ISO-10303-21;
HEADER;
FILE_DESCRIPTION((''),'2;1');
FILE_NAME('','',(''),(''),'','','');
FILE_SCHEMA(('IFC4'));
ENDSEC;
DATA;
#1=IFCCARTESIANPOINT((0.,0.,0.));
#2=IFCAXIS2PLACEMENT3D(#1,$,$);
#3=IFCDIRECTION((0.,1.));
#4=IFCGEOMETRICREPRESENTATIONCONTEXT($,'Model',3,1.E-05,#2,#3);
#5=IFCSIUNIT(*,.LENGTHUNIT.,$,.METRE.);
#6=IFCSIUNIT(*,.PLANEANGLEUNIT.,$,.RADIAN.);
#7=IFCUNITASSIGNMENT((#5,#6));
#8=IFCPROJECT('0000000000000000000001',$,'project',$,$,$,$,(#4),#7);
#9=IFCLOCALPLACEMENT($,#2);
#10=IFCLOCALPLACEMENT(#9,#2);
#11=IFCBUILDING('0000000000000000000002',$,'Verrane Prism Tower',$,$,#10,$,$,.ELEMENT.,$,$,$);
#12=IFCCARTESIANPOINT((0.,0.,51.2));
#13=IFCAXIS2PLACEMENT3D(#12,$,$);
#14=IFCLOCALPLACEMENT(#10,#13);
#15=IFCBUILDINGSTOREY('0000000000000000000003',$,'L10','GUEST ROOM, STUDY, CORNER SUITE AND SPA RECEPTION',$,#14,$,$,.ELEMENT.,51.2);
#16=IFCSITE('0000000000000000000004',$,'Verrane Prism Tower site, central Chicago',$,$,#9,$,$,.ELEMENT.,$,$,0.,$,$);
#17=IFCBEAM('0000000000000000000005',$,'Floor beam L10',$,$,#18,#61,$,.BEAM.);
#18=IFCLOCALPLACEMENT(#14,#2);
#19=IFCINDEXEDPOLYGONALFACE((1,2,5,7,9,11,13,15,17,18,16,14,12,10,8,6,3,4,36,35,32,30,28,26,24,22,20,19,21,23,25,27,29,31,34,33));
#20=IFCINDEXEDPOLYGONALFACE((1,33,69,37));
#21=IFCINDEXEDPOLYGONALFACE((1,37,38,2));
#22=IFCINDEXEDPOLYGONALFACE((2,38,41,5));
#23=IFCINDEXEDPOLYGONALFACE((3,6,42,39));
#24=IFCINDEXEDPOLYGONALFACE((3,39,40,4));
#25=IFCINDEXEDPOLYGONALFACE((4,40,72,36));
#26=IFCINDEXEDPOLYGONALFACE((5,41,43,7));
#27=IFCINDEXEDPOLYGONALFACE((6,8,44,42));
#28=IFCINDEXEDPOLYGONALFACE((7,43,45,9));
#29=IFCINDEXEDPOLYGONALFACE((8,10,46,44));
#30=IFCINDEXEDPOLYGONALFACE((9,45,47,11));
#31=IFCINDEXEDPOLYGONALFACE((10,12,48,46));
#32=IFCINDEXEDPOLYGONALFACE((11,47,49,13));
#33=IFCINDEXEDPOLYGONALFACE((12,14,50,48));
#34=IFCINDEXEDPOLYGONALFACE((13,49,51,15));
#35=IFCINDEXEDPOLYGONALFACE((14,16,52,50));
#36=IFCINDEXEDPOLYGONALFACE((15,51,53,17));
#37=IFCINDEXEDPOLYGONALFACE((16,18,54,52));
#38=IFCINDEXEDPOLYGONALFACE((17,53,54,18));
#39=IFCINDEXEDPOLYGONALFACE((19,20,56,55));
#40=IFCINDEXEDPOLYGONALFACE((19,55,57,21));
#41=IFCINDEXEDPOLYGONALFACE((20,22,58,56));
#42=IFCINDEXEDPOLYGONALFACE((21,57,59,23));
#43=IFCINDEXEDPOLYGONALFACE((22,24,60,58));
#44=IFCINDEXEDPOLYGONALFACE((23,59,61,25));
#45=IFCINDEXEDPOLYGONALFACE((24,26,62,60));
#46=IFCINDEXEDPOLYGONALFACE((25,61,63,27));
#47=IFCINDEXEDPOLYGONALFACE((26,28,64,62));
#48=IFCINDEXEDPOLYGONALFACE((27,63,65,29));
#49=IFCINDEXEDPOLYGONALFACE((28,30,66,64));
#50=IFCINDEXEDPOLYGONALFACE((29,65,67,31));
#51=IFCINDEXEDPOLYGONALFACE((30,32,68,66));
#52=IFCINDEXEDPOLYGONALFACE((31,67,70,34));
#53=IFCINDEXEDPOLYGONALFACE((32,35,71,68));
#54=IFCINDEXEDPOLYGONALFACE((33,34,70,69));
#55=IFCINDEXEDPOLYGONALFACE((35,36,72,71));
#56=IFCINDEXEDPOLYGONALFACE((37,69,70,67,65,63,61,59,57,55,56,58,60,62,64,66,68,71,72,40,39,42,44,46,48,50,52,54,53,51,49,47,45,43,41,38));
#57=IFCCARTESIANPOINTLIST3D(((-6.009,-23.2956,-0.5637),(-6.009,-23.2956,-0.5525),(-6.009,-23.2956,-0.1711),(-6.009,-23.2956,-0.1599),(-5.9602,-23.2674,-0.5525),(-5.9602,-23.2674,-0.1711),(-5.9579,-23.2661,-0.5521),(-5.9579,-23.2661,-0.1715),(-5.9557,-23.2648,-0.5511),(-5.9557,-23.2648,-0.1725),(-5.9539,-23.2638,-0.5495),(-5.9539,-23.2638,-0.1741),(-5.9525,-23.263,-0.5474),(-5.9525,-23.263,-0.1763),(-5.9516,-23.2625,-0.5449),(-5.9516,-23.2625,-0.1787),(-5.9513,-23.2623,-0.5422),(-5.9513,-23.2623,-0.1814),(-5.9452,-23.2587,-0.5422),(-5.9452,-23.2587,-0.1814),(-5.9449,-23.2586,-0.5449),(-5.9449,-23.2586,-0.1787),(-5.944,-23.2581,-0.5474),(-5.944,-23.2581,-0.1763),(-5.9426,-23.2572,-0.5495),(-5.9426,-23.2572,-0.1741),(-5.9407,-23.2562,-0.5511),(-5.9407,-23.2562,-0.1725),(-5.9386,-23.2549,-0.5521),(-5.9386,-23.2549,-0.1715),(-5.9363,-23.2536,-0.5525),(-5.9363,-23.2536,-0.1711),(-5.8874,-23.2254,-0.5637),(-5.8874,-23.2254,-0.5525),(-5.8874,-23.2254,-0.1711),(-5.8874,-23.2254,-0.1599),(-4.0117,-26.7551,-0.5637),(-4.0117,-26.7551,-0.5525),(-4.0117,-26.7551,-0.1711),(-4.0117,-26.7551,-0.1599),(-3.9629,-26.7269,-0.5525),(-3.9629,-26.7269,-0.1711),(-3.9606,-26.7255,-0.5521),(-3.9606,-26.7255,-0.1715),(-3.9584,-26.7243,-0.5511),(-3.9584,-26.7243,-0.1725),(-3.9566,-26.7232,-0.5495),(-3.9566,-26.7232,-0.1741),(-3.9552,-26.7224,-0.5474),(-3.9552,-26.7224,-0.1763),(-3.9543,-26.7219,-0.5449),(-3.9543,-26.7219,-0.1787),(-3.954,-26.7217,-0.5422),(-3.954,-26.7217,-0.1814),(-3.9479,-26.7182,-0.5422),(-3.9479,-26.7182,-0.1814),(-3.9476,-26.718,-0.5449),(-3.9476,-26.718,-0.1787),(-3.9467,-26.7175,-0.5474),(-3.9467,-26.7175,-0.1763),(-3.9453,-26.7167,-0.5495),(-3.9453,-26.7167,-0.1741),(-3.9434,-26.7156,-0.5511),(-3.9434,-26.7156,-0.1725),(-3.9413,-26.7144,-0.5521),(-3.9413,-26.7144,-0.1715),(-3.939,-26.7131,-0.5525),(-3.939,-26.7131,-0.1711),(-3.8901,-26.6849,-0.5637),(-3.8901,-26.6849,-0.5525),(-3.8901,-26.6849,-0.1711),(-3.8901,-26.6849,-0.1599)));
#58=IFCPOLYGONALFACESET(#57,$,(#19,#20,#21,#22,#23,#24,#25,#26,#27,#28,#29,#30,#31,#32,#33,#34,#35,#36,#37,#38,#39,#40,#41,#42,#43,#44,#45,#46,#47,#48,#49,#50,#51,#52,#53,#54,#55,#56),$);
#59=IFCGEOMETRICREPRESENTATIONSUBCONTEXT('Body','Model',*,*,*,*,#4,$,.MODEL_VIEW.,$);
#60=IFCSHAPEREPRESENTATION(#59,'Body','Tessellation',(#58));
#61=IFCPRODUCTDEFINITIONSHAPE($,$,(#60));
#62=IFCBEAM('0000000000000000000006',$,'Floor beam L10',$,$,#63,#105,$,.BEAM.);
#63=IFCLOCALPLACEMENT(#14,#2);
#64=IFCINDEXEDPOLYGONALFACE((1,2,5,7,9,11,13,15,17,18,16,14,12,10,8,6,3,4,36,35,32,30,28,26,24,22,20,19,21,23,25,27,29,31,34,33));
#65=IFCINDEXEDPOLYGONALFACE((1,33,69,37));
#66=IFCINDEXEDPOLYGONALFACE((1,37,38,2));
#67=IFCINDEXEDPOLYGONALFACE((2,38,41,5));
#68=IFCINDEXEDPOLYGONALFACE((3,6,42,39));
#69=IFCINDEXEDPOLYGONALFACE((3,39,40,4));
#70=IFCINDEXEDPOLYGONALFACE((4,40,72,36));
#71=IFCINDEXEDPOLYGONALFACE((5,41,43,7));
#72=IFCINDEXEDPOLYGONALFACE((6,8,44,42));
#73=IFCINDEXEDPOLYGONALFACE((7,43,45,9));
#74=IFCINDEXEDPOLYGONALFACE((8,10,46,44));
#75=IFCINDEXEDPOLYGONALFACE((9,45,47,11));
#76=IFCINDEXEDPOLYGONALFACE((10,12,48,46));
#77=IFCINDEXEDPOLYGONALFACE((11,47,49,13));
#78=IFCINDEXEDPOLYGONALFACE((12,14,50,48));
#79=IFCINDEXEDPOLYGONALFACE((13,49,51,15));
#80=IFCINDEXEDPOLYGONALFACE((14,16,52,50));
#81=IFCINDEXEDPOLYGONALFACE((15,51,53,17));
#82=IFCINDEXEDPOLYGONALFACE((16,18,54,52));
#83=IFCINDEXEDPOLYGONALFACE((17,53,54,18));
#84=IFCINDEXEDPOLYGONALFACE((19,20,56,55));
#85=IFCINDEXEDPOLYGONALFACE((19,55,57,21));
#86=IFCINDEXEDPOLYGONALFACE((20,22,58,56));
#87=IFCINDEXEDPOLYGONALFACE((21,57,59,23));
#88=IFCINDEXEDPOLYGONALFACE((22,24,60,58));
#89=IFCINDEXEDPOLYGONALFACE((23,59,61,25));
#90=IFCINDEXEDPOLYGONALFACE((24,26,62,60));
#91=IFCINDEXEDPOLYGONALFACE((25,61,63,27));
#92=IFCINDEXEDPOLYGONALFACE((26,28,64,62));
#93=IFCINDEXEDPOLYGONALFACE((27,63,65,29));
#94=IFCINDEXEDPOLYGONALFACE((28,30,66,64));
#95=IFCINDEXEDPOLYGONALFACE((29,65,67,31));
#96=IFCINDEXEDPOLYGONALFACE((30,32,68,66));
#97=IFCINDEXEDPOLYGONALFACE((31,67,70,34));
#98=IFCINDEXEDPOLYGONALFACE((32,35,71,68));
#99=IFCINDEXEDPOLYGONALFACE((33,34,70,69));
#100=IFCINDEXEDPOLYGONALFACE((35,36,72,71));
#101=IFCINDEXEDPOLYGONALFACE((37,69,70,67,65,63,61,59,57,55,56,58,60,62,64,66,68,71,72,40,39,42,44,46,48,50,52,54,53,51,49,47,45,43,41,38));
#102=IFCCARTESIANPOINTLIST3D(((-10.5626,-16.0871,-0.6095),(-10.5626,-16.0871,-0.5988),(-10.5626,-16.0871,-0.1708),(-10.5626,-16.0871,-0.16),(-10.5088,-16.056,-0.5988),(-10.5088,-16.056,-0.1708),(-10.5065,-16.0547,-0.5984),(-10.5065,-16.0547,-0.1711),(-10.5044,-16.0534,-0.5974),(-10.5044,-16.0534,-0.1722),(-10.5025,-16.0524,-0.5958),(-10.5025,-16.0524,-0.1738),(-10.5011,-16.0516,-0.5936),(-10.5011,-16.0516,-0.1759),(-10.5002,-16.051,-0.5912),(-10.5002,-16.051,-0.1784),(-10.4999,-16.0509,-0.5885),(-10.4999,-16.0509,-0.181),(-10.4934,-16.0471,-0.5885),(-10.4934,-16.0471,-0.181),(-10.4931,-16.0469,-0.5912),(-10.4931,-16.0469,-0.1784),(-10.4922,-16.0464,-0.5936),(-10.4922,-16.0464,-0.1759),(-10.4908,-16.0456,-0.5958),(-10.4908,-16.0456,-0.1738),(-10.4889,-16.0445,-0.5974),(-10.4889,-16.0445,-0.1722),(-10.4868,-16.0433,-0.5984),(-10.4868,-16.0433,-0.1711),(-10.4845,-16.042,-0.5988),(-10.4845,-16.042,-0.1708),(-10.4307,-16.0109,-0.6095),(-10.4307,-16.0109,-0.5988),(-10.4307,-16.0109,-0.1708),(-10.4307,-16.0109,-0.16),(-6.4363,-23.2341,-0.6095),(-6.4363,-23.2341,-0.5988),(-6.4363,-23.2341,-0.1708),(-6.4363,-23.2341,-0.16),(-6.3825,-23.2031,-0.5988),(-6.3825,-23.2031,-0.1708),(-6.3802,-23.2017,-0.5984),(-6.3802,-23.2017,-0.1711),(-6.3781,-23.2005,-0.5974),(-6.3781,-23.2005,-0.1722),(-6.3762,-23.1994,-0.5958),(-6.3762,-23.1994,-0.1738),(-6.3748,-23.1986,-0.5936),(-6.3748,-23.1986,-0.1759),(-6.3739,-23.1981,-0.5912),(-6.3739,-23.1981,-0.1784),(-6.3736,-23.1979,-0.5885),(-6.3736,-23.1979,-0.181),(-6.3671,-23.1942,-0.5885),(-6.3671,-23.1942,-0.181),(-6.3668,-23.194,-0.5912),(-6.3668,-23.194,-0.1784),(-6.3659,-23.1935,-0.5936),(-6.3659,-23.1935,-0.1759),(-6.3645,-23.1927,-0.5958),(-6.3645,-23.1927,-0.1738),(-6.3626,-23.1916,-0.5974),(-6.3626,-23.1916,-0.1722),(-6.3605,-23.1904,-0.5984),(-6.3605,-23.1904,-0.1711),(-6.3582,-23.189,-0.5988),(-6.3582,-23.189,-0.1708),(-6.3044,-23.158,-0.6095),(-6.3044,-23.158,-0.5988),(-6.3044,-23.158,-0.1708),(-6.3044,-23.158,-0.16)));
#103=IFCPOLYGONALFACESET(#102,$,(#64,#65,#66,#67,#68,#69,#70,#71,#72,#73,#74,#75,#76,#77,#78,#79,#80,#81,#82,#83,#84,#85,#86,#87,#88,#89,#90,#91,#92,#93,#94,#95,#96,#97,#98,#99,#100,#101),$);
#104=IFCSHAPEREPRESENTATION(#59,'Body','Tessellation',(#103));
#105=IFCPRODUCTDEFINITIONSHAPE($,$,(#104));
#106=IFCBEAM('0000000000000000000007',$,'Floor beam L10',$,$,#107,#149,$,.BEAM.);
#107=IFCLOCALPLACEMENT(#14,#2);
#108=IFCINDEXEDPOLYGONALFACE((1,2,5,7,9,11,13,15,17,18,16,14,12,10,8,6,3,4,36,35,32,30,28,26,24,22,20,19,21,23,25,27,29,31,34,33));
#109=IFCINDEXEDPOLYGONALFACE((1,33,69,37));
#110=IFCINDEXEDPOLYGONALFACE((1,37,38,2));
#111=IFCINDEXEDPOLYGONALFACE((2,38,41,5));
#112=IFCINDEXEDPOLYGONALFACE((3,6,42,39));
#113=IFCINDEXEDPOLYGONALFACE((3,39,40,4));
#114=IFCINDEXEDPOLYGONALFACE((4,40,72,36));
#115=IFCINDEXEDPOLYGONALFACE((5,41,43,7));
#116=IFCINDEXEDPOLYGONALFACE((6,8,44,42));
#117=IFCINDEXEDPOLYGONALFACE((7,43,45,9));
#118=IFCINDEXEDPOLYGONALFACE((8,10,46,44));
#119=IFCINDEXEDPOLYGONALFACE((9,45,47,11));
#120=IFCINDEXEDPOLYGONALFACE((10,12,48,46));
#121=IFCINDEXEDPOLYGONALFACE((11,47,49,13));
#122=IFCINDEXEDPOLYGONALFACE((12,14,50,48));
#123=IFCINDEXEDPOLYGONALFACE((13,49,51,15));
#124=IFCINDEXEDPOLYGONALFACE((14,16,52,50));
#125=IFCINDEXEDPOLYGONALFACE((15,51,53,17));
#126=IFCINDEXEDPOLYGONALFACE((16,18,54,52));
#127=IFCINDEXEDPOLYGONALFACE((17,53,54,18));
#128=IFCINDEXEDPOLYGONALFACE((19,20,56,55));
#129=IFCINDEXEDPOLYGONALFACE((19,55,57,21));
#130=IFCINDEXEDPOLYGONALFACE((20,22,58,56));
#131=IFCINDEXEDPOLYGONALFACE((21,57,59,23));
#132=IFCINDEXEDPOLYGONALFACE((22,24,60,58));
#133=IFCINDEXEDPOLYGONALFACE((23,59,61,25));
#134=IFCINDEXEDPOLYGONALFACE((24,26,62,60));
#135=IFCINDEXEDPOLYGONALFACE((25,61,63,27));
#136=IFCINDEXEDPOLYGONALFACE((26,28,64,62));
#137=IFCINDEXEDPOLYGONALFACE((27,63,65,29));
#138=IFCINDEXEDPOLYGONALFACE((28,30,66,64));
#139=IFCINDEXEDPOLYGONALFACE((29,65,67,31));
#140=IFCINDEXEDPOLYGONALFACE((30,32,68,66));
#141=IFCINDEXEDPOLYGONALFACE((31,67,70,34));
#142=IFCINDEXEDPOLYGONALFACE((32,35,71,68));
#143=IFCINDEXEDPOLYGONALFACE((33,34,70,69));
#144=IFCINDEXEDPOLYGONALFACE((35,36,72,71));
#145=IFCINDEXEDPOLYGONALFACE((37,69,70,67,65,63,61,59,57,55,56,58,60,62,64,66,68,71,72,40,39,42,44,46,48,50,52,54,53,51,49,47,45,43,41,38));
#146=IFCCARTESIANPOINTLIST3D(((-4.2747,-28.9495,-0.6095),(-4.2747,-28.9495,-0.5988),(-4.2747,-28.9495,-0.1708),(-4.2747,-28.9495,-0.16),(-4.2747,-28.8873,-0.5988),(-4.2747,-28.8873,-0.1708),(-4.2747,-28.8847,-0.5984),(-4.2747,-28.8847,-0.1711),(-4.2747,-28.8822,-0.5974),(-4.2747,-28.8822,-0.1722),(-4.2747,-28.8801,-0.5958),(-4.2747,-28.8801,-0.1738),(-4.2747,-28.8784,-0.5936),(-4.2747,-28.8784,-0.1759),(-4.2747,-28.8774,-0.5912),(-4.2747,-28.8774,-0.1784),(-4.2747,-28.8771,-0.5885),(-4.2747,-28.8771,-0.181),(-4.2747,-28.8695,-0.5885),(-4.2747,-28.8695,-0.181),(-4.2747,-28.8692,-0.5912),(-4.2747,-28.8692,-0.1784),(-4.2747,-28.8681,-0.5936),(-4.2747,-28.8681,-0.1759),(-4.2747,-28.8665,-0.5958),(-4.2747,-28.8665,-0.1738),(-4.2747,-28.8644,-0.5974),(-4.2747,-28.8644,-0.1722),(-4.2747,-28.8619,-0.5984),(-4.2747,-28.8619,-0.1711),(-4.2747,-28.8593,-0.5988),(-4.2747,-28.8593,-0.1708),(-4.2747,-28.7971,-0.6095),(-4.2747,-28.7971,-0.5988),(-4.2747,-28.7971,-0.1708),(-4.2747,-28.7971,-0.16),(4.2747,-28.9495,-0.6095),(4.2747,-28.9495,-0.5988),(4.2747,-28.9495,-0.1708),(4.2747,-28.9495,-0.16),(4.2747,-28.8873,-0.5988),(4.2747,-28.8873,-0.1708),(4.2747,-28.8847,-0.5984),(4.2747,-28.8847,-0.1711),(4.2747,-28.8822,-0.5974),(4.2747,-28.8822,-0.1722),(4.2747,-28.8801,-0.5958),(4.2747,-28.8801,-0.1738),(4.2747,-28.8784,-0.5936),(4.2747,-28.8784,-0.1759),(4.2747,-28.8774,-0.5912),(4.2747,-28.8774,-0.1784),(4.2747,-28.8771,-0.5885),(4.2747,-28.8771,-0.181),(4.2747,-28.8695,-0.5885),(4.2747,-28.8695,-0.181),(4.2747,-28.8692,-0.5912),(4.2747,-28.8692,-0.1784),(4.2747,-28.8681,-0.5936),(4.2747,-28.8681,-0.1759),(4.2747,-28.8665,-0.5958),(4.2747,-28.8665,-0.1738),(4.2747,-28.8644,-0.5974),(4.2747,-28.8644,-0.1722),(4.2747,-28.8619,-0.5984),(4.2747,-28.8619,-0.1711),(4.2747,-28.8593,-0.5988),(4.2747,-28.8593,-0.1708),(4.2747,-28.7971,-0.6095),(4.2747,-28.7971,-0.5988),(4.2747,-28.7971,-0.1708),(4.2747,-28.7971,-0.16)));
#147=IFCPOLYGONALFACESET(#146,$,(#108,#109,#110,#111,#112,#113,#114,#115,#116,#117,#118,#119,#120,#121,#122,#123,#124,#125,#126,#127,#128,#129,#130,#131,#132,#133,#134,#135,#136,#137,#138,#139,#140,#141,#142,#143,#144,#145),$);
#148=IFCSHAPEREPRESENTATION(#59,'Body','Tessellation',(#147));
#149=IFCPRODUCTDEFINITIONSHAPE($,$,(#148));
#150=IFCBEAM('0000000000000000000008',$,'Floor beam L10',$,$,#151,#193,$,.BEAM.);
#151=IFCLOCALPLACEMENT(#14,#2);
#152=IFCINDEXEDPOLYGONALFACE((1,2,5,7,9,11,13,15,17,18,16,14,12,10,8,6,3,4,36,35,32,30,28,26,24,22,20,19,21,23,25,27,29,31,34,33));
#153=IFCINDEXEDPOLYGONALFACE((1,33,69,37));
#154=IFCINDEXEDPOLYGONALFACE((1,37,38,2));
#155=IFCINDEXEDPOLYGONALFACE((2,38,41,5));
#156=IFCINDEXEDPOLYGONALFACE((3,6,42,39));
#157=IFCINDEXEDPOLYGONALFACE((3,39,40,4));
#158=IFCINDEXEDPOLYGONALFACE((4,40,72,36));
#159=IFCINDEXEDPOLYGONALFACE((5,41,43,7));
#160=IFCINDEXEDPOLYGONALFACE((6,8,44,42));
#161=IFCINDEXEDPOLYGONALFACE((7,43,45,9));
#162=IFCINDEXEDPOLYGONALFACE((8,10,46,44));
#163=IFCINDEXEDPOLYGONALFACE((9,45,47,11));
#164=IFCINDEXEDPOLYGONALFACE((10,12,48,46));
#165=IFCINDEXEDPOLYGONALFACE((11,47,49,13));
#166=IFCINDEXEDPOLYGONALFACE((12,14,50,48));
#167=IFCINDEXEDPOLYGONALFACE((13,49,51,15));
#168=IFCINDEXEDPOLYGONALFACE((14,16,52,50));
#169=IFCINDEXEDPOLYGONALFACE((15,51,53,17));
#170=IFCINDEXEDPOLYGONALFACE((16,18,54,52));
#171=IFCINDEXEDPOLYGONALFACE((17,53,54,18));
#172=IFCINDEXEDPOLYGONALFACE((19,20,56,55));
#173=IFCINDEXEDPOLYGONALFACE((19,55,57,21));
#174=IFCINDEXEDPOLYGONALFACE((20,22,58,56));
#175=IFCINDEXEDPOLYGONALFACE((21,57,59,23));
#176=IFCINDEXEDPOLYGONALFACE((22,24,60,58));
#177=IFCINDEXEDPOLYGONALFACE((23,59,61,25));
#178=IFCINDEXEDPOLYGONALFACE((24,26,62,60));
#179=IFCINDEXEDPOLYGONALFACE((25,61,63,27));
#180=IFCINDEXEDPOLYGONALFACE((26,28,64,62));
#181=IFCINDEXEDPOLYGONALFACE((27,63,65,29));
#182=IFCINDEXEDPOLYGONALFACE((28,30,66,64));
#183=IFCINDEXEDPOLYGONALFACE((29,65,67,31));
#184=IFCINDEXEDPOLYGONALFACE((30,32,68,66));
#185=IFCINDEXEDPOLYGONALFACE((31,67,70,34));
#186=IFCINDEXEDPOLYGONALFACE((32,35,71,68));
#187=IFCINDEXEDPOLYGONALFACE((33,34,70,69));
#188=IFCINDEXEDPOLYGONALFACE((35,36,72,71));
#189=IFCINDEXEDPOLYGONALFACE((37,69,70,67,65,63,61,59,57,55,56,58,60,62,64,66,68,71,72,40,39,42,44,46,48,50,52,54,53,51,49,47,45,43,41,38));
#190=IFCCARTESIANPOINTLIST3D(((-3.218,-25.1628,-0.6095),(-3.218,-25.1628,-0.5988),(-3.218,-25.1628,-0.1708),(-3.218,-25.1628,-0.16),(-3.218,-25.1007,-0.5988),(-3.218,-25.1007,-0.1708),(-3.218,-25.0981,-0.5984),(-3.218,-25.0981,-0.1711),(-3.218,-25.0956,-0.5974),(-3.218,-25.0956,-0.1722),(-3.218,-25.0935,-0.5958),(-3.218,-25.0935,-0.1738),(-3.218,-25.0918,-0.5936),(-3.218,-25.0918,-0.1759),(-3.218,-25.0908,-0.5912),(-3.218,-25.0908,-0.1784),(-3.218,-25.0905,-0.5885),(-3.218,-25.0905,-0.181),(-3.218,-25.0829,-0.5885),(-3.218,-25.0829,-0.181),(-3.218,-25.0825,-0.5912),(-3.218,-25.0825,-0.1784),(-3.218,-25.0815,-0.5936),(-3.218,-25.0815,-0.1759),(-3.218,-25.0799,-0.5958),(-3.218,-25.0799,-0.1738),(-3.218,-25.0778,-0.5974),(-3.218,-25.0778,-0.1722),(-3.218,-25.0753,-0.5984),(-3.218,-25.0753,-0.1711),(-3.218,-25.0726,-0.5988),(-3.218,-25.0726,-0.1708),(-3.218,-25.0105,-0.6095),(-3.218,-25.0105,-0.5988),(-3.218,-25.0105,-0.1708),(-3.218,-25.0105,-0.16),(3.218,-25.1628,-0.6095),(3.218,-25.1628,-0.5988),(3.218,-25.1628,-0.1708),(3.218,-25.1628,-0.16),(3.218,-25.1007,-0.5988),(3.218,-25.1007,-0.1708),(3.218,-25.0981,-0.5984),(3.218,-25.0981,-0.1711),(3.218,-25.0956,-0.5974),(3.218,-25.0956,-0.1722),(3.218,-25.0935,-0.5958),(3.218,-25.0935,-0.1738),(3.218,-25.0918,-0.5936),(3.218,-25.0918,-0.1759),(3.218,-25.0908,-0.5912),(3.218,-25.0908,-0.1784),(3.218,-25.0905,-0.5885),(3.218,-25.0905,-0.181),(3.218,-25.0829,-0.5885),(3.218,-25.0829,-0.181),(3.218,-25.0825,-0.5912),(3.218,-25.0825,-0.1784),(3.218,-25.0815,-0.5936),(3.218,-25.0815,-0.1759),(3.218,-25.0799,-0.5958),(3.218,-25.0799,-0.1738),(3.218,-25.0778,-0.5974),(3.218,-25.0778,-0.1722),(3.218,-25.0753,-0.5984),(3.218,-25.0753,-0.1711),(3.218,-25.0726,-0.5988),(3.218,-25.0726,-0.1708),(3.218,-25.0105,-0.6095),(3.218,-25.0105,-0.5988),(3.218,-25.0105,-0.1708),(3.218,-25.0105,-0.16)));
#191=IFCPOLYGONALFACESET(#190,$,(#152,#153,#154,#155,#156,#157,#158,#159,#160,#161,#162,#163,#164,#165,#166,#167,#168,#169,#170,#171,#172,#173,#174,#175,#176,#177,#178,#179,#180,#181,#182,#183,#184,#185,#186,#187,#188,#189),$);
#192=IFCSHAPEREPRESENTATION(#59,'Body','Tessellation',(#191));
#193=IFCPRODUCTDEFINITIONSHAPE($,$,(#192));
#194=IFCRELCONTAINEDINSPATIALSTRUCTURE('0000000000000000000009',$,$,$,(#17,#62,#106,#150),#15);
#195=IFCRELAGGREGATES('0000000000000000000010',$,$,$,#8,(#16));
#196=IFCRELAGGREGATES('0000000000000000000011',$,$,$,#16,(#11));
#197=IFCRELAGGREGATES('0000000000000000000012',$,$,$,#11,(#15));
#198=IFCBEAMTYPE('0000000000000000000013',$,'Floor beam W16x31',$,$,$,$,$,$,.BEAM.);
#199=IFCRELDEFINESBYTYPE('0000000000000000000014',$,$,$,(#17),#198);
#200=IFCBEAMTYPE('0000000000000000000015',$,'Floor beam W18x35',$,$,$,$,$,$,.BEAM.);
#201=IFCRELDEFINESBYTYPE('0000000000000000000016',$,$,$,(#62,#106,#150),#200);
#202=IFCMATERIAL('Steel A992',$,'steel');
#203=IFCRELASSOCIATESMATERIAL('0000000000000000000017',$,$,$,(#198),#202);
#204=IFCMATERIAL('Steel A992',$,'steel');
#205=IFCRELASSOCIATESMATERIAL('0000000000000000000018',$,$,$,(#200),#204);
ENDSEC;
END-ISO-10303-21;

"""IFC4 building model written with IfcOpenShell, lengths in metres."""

from ifc_helpers import new_model, si_unit, direction, frame, origin, origin_2d, place, context, subcontext, project, spatial, i_section, extrude, material, material_profile, profile_set, type_object, element, save


model = new_model("IFC4")

# Units and contexts
model_context = context("Model", 3, precision=1e-05, world=origin(), true_north=direction((0.0, 1.0)))
body_context = subcontext(model_context, "Body", "Model", "MODEL_VIEW")
ifc_project = project(units=[si_unit("LENGTHUNIT", "METRE"), si_unit("PLANEANGLEUNIT", "RADIAN")], contexts=[model_context])

# Site, building, storey
site_placement = place(None, origin())
site = spatial("IfcSite", under=ifc_project, at=site_placement, Name="Verrane Prism Tower site, central Chicago", CompositionType="ELEMENT", RefElevation=0.0)
building_placement = place(site_placement, origin())
building = spatial("IfcBuilding", under=site, at=building_placement, Name="Verrane Prism Tower", CompositionType="ELEMENT")
storey_placement = place(building_placement, frame((0.0, 0.0, 51.2)))
storey = spatial("IfcBuildingStorey", under=building, at=storey_placement, Name="L10", Description="GUEST ROOM, STUDY, CORNER SUITE AND SPA RECEPTION", CompositionType="ELEMENT", Elevation=51.2)

# Beams
ifc_material_1 = material(Name="Steel A992", Category="steel")
ifc_material_profile_1 = material_profile(ifc_material_1, i_section(OverallWidth=0.1404, OverallDepth=0.4038, WebThickness=0.0071, FlangeThickness=0.0112, FilletRadius=0.0103, at=origin_2d()), Name="W16x31")
ifc_profile_set_1 = profile_set([ifc_material_profile_1], Name="Steel A992")
beam_type_1 = type_object("IfcBeamType", Name="Floor beam W16x31", PredefinedType="BEAM", material=ifc_profile_set_1)
beam_1_placement = place(storey_placement, frame((-3.9509, -26.72, -0.3618), z_axis=(-0.499998, 0.866027, 0.0), x_axis=(-0.866027, -0.499998, 0.0)))
element("IfcBeam", 1, at=beam_1_placement, inside=storey, type_object=beam_type_1, Name="Floor beam L10", PredefinedType="BEAM", context=body_context, shape_type="SweptSolid", body=[
    extrude(i_section(OverallWidth=0.1404, OverallDepth=0.4038, WebThickness=0.0071, FlangeThickness=0.0112, FilletRadius=0.0103, at=origin_2d()), origin(), (0.0, 0.0, 1.0), 3.9946),
])
ifc_material_2 = material(Name="Steel A992", Category="steel")
ifc_material_profile_2 = material_profile(ifc_material_2, i_section(OverallWidth=0.1523, OverallDepth=0.4495, WebThickness=0.0076, FlangeThickness=0.0107, FilletRadius=0.0103, at=origin_2d()), Name="W18x35")
ifc_profile_set_2 = profile_set([ifc_material_profile_2], Name="Steel A992")
beam_type_2 = type_object("IfcBeamType", Name="Floor beam W18x35", PredefinedType="BEAM", material=ifc_profile_set_2)
beam_2_placement = place(storey_placement, frame((-6.3704, -23.196, -0.3848), z_axis=(-0.499992, 0.86603, 0.0), x_axis=(-0.86603, -0.499992, 0.0)))
element("IfcBeam", 2, at=beam_2_placement, inside=storey, type_object=beam_type_2, Name="Floor beam L10", PredefinedType="BEAM", context=body_context, shape_type="SweptSolid", body=[
    extrude(i_section(OverallWidth=0.1523, OverallDepth=0.4495, WebThickness=0.0076, FlangeThickness=0.0107, FilletRadius=0.0103, at=origin_2d()), origin(), (0.0, 0.0, 1.0), 8.2527),
])
beam_3_placement = place(storey_placement, frame((-4.2747, -28.8733, -0.3848), z_axis=(1.0, 0.0, 0.0), x_axis=(0.0, 1.0, 0.0)))
element("IfcBeam", 3, at=beam_3_placement, inside=storey, type_object=beam_type_2, Name="Floor beam L10", PredefinedType="BEAM", context=body_context, shape_type="SweptSolid", body=[
    extrude(i_section(OverallWidth=0.1523, OverallDepth=0.4495, WebThickness=0.0076, FlangeThickness=0.0107, FilletRadius=0.0103, at=origin_2d()), origin(), (0.0, 0.0, 1.0), 8.5493),
])
beam_4_placement = place(storey_placement, frame((-3.218, -25.0867, -0.3848), z_axis=(1.0, 0.0, 0.0), x_axis=(0.0, 1.0, 0.0)))
element("IfcBeam", 4, at=beam_4_placement, inside=storey, type_object=beam_type_2, Name="Floor beam L10", PredefinedType="BEAM", context=body_context, shape_type="SweptSolid", body=[
    extrude(i_section(OverallWidth=0.1523, OverallDepth=0.4495, WebThickness=0.0076, FlangeThickness=0.0107, FilletRadius=0.0103, at=origin_2d()), origin(), (0.0, 0.0, 1.0), 6.436),
])

save(model, "model.ifc")
